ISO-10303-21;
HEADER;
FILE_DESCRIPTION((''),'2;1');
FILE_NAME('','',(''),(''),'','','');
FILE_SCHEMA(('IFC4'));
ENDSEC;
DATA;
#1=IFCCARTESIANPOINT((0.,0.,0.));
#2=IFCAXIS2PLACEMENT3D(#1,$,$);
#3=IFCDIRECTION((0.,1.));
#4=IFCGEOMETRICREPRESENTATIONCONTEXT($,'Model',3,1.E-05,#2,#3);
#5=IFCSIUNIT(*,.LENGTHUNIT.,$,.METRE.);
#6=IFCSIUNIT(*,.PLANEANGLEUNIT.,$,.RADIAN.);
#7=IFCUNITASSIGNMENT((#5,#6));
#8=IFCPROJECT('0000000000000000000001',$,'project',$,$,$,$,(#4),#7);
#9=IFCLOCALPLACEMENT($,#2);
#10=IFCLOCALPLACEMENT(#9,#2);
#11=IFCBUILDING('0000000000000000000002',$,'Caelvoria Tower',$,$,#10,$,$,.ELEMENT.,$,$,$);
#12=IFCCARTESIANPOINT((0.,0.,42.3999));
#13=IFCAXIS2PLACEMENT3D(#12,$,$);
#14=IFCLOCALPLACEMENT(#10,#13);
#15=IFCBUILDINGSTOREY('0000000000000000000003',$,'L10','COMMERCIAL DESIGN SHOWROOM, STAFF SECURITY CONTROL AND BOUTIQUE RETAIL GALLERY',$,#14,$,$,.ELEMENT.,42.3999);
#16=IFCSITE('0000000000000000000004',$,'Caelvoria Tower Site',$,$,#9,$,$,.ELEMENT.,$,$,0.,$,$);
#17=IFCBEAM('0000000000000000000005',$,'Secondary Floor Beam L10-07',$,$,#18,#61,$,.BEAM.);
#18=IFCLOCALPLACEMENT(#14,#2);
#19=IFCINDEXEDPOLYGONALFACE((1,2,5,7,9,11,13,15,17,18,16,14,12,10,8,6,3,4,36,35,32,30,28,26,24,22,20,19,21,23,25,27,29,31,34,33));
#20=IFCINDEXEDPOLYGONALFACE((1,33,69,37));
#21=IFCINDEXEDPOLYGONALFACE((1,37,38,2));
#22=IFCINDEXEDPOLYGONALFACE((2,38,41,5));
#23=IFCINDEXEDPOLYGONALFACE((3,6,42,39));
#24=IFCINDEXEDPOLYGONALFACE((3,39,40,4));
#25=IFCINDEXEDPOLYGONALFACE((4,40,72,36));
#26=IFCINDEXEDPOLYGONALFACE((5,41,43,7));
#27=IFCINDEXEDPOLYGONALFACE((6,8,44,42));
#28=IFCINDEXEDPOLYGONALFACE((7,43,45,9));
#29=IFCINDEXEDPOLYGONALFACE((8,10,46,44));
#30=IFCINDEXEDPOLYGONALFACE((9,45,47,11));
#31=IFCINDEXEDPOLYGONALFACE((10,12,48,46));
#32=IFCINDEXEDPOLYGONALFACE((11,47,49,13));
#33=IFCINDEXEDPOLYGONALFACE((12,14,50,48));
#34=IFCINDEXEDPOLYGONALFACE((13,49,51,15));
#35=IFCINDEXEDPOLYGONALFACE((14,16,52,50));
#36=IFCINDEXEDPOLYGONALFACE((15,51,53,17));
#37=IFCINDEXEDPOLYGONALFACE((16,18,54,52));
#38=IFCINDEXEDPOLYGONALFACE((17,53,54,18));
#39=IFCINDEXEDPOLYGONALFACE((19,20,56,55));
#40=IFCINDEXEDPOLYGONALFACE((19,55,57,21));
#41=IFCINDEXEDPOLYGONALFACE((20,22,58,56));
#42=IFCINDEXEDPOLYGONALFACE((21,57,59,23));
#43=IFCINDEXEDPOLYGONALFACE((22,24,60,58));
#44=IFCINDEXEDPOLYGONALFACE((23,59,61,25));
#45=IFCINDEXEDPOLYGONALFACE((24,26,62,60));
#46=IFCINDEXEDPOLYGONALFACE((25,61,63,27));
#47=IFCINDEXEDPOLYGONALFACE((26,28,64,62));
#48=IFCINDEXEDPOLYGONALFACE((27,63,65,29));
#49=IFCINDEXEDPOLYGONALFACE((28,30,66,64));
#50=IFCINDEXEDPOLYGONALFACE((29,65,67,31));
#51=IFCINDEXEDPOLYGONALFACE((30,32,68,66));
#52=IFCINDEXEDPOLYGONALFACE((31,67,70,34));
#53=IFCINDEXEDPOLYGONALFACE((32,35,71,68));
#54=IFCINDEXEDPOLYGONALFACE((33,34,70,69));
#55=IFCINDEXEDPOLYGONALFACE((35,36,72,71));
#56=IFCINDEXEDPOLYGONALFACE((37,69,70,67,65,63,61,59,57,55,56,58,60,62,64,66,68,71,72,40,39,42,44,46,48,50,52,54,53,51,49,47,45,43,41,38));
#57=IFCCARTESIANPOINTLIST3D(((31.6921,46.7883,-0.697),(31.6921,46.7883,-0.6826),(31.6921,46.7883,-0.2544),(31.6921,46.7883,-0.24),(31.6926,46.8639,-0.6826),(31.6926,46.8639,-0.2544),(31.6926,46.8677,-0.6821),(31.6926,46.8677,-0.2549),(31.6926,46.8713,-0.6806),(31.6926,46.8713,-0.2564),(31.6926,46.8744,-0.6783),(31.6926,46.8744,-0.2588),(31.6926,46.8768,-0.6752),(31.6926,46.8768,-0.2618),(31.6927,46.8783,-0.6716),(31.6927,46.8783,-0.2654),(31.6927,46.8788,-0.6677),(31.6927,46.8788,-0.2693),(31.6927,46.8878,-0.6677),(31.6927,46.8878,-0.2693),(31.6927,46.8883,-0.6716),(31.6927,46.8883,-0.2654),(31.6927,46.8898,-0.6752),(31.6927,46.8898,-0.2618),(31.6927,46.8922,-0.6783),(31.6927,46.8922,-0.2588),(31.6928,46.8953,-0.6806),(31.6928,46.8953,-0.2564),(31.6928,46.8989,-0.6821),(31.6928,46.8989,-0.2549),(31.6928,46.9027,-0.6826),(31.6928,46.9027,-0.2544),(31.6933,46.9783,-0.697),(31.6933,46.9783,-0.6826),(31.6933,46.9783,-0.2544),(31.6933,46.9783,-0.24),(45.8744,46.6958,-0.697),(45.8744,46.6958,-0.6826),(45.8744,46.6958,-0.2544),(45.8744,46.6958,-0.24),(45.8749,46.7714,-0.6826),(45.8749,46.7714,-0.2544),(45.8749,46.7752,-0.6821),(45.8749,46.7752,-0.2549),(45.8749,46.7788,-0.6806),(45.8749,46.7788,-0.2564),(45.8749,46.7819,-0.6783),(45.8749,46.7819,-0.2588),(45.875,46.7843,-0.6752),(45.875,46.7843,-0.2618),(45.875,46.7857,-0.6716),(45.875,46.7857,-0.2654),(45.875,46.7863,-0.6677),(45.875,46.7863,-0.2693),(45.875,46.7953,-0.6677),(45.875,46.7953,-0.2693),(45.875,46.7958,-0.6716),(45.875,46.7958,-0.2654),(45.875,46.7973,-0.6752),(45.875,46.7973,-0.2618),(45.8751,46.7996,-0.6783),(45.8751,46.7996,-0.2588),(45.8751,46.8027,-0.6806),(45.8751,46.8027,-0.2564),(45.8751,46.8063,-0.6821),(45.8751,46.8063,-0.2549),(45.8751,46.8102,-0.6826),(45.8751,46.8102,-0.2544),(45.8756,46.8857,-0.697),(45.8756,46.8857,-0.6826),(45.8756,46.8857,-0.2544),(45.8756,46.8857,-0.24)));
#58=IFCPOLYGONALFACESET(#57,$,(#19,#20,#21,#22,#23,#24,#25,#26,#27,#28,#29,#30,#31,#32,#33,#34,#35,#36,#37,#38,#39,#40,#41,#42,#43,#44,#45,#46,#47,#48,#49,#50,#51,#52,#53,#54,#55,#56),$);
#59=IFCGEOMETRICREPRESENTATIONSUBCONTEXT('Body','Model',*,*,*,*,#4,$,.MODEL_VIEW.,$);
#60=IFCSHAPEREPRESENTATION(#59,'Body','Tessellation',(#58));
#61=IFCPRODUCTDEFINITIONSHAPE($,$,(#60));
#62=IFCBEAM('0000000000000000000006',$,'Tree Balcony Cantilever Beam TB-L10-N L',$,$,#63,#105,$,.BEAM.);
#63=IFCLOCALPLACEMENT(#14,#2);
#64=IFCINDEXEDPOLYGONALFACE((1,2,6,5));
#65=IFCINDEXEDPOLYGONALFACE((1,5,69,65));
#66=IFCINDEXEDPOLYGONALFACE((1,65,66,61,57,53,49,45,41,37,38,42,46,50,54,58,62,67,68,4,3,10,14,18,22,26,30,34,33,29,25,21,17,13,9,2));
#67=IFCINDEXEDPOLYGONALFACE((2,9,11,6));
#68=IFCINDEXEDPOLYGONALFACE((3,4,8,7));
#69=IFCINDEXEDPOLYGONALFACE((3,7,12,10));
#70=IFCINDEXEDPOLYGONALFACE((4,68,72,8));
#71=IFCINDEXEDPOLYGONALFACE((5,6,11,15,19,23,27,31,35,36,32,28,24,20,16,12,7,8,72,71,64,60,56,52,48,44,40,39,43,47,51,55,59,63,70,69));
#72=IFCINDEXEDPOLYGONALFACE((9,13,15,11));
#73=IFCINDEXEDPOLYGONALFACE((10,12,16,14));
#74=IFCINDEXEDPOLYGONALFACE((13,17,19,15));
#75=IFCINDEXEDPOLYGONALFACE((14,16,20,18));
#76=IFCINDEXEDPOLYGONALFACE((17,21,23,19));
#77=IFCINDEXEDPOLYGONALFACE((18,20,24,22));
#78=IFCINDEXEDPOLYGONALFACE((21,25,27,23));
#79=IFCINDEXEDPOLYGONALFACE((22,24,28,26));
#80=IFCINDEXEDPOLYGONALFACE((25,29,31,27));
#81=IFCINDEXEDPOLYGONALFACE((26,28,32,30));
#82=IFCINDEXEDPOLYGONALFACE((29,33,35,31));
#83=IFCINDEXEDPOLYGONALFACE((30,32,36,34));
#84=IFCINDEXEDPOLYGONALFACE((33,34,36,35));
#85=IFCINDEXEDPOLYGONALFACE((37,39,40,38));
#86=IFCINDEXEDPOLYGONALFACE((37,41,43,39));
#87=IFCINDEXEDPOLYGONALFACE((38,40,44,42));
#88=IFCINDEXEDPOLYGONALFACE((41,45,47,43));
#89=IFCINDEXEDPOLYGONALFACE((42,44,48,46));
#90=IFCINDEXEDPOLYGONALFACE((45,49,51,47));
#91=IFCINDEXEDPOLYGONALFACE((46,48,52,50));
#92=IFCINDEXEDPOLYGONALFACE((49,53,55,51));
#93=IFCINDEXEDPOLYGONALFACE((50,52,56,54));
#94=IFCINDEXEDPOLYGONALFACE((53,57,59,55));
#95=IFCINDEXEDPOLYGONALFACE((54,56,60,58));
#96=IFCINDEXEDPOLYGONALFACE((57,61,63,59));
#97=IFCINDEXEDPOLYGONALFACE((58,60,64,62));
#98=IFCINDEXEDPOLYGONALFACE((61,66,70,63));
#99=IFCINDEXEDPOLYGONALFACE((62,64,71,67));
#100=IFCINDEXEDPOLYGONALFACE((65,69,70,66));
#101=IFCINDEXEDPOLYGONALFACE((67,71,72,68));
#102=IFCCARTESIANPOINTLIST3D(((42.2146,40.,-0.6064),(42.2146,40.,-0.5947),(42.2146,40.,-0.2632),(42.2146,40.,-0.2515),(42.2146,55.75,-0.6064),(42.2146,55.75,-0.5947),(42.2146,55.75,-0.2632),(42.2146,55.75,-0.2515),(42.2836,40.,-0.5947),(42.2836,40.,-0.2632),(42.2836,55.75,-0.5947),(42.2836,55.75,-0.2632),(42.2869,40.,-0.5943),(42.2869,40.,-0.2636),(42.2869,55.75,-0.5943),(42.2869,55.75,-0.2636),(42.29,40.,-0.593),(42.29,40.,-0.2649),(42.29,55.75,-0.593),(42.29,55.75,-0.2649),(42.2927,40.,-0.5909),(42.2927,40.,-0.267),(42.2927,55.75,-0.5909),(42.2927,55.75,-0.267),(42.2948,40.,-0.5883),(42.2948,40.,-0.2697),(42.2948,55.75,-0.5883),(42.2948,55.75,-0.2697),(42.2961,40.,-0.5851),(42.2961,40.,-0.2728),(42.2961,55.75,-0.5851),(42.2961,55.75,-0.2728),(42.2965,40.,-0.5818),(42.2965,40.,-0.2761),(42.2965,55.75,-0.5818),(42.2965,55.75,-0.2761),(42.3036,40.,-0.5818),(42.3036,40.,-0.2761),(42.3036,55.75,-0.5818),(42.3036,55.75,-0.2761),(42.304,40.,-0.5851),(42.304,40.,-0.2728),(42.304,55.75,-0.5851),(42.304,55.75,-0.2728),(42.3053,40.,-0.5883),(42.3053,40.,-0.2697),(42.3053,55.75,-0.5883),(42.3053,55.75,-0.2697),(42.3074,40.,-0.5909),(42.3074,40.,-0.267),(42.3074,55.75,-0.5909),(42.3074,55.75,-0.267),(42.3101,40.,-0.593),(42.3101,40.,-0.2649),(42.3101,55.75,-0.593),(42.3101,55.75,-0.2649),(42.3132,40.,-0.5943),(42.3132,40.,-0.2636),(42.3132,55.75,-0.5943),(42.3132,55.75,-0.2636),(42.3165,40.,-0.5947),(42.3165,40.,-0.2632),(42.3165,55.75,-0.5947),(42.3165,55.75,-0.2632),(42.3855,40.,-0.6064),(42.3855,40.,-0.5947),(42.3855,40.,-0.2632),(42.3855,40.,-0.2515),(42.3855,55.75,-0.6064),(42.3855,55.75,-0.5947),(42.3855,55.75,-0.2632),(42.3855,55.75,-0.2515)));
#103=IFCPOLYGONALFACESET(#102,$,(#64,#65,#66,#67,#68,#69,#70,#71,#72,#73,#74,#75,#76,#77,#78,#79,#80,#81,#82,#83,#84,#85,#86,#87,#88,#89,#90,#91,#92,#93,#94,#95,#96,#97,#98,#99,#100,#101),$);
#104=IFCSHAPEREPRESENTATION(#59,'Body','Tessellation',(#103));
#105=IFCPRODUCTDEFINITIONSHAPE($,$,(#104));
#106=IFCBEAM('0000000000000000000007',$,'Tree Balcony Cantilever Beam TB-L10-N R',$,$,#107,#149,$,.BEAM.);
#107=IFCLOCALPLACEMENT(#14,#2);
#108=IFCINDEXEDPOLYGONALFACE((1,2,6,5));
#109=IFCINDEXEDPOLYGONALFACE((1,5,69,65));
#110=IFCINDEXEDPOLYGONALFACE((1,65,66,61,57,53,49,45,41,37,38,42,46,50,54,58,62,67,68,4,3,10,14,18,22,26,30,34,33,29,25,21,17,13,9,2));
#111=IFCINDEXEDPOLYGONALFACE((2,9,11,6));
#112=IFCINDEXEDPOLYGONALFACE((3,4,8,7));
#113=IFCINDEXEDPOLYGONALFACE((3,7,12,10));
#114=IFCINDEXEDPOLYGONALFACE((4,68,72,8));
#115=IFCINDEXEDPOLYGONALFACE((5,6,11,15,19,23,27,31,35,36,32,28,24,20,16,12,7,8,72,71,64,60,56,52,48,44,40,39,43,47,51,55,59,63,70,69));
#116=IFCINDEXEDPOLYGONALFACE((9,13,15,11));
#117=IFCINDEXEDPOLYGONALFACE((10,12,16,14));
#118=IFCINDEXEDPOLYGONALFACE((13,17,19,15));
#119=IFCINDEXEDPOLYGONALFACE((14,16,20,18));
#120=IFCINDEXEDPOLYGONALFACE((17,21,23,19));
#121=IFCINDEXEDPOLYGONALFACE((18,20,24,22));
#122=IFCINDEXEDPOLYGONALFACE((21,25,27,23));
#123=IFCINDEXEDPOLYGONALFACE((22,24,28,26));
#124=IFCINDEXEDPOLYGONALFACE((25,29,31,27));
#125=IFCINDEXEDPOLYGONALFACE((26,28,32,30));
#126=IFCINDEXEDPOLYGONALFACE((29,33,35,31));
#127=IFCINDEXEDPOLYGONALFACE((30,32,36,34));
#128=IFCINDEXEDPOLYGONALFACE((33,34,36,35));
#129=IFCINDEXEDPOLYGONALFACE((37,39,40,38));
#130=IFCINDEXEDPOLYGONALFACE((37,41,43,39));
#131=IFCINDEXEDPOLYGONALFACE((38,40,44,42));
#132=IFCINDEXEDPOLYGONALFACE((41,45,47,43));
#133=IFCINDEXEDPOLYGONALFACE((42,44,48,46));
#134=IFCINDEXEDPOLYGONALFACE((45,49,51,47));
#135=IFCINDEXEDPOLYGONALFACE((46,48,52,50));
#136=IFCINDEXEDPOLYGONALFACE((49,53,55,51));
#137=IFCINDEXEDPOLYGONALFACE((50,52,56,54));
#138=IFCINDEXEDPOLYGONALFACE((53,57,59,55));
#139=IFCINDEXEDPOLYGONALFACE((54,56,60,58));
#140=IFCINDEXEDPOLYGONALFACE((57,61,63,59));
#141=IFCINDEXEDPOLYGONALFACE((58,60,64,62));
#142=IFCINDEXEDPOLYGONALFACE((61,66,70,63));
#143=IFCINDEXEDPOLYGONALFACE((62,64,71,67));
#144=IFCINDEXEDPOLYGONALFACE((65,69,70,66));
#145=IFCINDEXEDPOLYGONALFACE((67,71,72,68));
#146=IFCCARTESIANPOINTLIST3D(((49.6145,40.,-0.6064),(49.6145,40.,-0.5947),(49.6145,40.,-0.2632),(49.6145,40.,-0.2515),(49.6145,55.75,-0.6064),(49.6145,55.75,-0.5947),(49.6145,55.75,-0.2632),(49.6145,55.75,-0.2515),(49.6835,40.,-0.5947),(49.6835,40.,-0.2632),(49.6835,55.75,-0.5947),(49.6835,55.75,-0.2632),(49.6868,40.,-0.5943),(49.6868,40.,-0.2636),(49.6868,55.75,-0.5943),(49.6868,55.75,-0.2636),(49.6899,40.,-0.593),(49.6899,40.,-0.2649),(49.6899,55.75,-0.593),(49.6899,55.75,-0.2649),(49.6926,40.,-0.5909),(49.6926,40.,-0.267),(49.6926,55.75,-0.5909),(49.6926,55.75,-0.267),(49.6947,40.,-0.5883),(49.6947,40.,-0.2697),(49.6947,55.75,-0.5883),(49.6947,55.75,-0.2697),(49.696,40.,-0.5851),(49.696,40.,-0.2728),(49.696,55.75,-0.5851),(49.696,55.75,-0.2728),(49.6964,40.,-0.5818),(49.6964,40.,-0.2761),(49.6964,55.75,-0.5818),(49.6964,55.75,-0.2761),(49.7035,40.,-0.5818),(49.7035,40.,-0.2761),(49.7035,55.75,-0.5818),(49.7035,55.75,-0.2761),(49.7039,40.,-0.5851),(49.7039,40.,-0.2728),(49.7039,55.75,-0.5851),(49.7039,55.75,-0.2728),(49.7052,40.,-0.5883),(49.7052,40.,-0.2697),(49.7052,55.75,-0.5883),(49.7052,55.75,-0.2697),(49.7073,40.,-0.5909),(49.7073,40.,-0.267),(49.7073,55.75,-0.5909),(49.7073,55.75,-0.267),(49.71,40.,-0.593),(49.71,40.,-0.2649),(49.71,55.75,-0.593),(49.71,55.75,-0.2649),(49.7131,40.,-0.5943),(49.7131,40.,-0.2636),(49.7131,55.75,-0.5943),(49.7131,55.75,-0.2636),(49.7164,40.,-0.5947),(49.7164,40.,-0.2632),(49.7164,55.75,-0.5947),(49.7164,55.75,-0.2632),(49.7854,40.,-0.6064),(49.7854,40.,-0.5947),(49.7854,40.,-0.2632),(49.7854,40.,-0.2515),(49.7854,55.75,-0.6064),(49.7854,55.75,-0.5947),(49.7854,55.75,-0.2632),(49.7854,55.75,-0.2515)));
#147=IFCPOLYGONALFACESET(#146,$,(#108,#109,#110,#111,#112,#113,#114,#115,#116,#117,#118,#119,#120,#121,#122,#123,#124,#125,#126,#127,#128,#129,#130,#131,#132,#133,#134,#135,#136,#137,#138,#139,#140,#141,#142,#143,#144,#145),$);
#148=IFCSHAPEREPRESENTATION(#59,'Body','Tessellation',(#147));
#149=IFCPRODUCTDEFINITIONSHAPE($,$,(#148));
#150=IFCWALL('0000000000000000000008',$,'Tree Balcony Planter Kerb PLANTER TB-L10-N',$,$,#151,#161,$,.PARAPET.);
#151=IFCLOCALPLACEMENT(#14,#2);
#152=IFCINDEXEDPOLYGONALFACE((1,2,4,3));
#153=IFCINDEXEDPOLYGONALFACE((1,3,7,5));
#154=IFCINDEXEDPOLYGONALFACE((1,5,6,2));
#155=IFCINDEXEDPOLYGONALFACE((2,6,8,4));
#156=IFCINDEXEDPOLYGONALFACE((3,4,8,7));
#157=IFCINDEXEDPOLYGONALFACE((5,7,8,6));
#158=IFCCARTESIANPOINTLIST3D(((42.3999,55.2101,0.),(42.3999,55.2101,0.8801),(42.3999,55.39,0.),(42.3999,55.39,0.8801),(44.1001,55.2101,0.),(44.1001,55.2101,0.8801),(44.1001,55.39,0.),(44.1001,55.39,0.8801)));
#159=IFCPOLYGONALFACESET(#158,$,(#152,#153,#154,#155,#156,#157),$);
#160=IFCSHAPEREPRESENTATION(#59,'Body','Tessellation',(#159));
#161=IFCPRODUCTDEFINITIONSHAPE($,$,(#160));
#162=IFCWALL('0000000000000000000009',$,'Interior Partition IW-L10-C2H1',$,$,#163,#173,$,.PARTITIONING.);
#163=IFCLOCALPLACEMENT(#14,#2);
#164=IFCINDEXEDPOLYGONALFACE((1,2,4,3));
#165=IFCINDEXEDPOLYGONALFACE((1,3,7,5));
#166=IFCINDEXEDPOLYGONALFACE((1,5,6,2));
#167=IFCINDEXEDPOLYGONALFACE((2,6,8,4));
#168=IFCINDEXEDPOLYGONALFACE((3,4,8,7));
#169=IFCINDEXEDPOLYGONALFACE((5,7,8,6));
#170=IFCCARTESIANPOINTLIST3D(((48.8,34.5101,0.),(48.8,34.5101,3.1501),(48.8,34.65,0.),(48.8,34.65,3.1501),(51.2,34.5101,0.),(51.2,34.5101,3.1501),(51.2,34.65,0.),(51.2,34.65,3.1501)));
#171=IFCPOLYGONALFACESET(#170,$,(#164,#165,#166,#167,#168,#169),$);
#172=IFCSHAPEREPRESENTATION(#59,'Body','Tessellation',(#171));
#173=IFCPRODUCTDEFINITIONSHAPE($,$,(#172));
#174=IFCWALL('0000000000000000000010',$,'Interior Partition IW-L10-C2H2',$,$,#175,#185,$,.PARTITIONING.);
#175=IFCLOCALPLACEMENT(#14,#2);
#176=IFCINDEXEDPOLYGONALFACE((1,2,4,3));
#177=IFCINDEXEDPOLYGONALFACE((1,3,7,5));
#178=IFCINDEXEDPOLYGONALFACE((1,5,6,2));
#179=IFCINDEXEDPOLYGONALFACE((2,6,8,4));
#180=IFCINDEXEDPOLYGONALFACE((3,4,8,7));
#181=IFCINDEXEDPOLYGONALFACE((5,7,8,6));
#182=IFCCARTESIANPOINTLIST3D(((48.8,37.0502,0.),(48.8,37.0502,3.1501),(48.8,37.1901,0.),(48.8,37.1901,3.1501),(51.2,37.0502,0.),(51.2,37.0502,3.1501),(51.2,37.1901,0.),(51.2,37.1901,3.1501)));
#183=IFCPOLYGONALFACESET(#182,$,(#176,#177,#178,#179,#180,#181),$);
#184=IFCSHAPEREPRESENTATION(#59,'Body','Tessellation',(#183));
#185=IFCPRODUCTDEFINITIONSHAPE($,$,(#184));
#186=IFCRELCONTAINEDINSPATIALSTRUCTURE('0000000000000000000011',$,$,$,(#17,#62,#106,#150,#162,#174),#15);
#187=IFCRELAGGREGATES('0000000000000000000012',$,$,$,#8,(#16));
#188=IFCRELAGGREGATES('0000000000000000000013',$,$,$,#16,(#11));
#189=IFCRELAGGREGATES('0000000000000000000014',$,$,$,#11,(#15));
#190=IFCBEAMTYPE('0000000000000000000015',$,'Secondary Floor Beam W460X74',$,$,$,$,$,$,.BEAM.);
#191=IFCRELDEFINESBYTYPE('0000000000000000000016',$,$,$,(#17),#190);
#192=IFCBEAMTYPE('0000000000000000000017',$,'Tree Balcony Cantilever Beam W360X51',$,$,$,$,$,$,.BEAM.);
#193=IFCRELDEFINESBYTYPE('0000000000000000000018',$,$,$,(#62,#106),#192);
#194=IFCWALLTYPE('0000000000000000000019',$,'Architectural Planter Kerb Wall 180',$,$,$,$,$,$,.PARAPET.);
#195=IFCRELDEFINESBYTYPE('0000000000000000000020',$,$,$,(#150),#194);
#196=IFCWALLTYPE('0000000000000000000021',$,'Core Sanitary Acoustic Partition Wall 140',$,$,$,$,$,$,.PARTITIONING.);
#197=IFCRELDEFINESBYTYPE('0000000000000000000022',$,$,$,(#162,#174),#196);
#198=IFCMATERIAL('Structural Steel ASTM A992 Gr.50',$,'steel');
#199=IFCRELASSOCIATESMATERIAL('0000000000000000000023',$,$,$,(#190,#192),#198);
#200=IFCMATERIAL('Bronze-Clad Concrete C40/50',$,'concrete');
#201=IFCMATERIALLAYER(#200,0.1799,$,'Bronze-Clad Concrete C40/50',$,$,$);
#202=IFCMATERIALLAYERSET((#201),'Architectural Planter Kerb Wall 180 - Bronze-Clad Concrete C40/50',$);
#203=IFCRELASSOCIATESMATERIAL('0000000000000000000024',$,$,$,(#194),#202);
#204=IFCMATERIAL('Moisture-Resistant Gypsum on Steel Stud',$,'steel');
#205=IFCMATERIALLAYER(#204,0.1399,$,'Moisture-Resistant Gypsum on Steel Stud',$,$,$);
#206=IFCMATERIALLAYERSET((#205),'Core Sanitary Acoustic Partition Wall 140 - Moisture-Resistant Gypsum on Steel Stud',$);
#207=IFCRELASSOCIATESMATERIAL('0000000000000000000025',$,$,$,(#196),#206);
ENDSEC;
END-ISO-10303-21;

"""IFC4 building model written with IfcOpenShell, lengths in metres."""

from ifc_helpers import new_model, si_unit, direction, frame, frame_2d, origin, origin_2d, place, context, subcontext, project, spatial, rectangle, i_section, extrude, material, layer, layer_set, material_profile, profile_set, type_object, element, save


model = new_model("IFC4")

# Units and contexts
model_context = context("Model", 3, precision=1e-05, world=origin(), true_north=direction((0.0, 1.0)))
body_context = subcontext(model_context, "Body", "Model", "MODEL_VIEW")
ifc_project = project(units=[si_unit("LENGTHUNIT", "METRE"), si_unit("PLANEANGLEUNIT", "RADIAN")], contexts=[model_context])

# Site, building, storey
site_placement = place(None, origin())
site = spatial("IfcSite", under=ifc_project, at=site_placement, Name="Caelvoria Tower Site", CompositionType="ELEMENT", RefElevation=0.0)
building_placement = place(site_placement, origin())
building = spatial("IfcBuilding", under=site, at=building_placement, Name="Caelvoria Tower", CompositionType="ELEMENT")
storey_placement = place(building_placement, frame((0.0, 0.0, 42.3999)))
storey = spatial("IfcBuildingStorey", under=building, at=storey_placement, Name="L10", Description="COMMERCIAL DESIGN SHOWROOM, STAFF SECURITY CONTROL AND BOUTIQUE RETAIL GALLERY", CompositionType="ELEMENT", Elevation=42.3999)

# Beams
ifc_material_1 = material(Name="Structural Steel ASTM A992 Gr.50", Category="steel")
ifc_material_profile_1 = material_profile(ifc_material_1, i_section(OverallWidth=0.1899, OverallDepth=0.457, WebThickness=0.009, FlangeThickness=0.0144, FilletRadius=0.0149, at=origin_2d()), Name="Structural Steel ASTM A992 Gr.50")
ifc_profile_set_1 = profile_set([ifc_material_profile_1], Name="W460X74 - Structural Steel ASTM A992 Gr.50")
beam_type_1 = type_object("IfcBeamType", Name="Secondary Floor Beam W460X74", PredefinedType="BEAM", material=ifc_profile_set_1)
beam_1_placement = place(storey_placement, frame((45.875, 46.7908, -0.4685), z_axis=(-0.999979, 0.006524, 0.0), x_axis=(-0.006524, -0.999979, 0.0)))
element("IfcBeam", 1, at=beam_1_placement, inside=storey, type_object=beam_type_1, Name="Secondary Floor Beam L10-07", PredefinedType="BEAM", context=body_context, shape_type="SweptSolid", body=[
    extrude(i_section(OverallWidth=0.1899, OverallDepth=0.457, WebThickness=0.009, FlangeThickness=0.0144, FilletRadius=0.0149, at=origin_2d()), origin(), (0.0, 0.0, 1.0), 14.1826),
])
ifc_material_profile_2 = material_profile(ifc_material_1, i_section(OverallWidth=0.1709, OverallDepth=0.355, WebThickness=0.0071, FlangeThickness=0.0117, FilletRadius=0.0129, at=origin_2d()), Name="Structural Steel ASTM A992 Gr.50")
ifc_profile_set_2 = profile_set([ifc_material_profile_2], Name="W360X51 - Structural Steel ASTM A992 Gr.50")
beam_type_2 = type_object("IfcBeamType", Name="Tree Balcony Cantilever Beam W360X51", PredefinedType="BEAM", material=ifc_profile_set_2)
for number, where, z_axis, x_axis, name in (
    (2, (42.3, 40.0, -0.429), (0.0, 1.0, 0.0), (-1.0, 0.0, 0.0), "Tree Balcony Cantilever Beam TB-L10-N L"),
    (3, (49.7, 40.0, -0.429), (0.0, 1.0, 0.0), (-1.0, 0.0, 0.0), "Tree Balcony Cantilever Beam TB-L10-N R"),
):
    element("IfcBeam", number, at=place(storey_placement, frame(where, z_axis=z_axis, x_axis=x_axis)), inside=storey, type_object=beam_type_2, Name=name, PredefinedType="BEAM", context=body_context, shape_type="SweptSolid", body=[
        extrude(i_section(OverallWidth=0.1709, OverallDepth=0.355, WebThickness=0.0071, FlangeThickness=0.0117, FilletRadius=0.0129, at=origin_2d()), origin(), (0.0, 0.0, 1.0), 15.75),
    ])

# Wall
ifc_material_2 = material(Name="Bronze-Clad Concrete C40/50", Category="concrete")
ifc_layer_1 = layer(ifc_material_2, 0.1799, Name="Bronze-Clad Concrete C40/50")
ifc_layer_set_1 = layer_set([ifc_layer_1], Name="Architectural Planter Kerb Wall 180 - Bronze-Clad Concrete C40/50")
wall_type_1 = type_object("IfcWallType", Name="Architectural Planter Kerb Wall 180", PredefinedType="PARAPET", material=ifc_layer_set_1)
wall_1_placement = place(storey_placement, frame((42.3999, 55.3, 0.0), z_axis=(0.0, 0.0, 1.0), x_axis=(1.0, 0.0, 0.0)))
element("IfcWall", 4, at=wall_1_placement, inside=storey, type_object=wall_type_1, Name="Tree Balcony Planter Kerb PLANTER TB-L10-N", PredefinedType="PARAPET", context=body_context, shape_type="SweptSolid", body=[
    extrude(rectangle(XDim=1.7002, YDim=0.1799, at=frame_2d((0.8501, 0.0))), origin(), (0.0, 0.0, 1.0), 0.8801),
])

# Shared definitions
ifc_material_3 = material(Name="Moisture-Resistant Gypsum on Steel Stud", Category="steel")
ifc_layer_2 = layer(ifc_material_3, 0.1399, Name="Moisture-Resistant Gypsum on Steel Stud")
ifc_layer_set_2 = layer_set([ifc_layer_2], Name="Core Sanitary Acoustic Partition Wall 140 - Moisture-Resistant Gypsum on Steel Stud")
wall_type_2 = type_object("IfcWallType", Name="Core Sanitary Acoustic Partition Wall 140", PredefinedType="PARTITIONING", material=ifc_layer_set_2)

# Walls
for number, where, z_axis, x_axis, name in (
    (5, (48.8, 34.5801, 0.0), (0.0, 0.0, 1.0), (1.0, 0.0, 0.0), "Interior Partition IW-L10-C2H1"),
    (6, (48.8, 37.1201, 0.0), (0.0, 0.0, 1.0), (1.0, 0.0, 0.0), "Interior Partition IW-L10-C2H2"),
):
    element("IfcWall", number, at=place(storey_placement, frame(where, z_axis=z_axis, x_axis=x_axis)), inside=storey, type_object=wall_type_2, Name=name, PredefinedType="PARTITIONING", context=body_context, shape_type="SweptSolid", body=[
        extrude(rectangle(XDim=2.3999, YDim=0.1399, at=frame_2d((1.2, 0.0))), origin(), (0.0, 0.0, 1.0), 3.1501),
    ])

save(model, "model.ifc")
